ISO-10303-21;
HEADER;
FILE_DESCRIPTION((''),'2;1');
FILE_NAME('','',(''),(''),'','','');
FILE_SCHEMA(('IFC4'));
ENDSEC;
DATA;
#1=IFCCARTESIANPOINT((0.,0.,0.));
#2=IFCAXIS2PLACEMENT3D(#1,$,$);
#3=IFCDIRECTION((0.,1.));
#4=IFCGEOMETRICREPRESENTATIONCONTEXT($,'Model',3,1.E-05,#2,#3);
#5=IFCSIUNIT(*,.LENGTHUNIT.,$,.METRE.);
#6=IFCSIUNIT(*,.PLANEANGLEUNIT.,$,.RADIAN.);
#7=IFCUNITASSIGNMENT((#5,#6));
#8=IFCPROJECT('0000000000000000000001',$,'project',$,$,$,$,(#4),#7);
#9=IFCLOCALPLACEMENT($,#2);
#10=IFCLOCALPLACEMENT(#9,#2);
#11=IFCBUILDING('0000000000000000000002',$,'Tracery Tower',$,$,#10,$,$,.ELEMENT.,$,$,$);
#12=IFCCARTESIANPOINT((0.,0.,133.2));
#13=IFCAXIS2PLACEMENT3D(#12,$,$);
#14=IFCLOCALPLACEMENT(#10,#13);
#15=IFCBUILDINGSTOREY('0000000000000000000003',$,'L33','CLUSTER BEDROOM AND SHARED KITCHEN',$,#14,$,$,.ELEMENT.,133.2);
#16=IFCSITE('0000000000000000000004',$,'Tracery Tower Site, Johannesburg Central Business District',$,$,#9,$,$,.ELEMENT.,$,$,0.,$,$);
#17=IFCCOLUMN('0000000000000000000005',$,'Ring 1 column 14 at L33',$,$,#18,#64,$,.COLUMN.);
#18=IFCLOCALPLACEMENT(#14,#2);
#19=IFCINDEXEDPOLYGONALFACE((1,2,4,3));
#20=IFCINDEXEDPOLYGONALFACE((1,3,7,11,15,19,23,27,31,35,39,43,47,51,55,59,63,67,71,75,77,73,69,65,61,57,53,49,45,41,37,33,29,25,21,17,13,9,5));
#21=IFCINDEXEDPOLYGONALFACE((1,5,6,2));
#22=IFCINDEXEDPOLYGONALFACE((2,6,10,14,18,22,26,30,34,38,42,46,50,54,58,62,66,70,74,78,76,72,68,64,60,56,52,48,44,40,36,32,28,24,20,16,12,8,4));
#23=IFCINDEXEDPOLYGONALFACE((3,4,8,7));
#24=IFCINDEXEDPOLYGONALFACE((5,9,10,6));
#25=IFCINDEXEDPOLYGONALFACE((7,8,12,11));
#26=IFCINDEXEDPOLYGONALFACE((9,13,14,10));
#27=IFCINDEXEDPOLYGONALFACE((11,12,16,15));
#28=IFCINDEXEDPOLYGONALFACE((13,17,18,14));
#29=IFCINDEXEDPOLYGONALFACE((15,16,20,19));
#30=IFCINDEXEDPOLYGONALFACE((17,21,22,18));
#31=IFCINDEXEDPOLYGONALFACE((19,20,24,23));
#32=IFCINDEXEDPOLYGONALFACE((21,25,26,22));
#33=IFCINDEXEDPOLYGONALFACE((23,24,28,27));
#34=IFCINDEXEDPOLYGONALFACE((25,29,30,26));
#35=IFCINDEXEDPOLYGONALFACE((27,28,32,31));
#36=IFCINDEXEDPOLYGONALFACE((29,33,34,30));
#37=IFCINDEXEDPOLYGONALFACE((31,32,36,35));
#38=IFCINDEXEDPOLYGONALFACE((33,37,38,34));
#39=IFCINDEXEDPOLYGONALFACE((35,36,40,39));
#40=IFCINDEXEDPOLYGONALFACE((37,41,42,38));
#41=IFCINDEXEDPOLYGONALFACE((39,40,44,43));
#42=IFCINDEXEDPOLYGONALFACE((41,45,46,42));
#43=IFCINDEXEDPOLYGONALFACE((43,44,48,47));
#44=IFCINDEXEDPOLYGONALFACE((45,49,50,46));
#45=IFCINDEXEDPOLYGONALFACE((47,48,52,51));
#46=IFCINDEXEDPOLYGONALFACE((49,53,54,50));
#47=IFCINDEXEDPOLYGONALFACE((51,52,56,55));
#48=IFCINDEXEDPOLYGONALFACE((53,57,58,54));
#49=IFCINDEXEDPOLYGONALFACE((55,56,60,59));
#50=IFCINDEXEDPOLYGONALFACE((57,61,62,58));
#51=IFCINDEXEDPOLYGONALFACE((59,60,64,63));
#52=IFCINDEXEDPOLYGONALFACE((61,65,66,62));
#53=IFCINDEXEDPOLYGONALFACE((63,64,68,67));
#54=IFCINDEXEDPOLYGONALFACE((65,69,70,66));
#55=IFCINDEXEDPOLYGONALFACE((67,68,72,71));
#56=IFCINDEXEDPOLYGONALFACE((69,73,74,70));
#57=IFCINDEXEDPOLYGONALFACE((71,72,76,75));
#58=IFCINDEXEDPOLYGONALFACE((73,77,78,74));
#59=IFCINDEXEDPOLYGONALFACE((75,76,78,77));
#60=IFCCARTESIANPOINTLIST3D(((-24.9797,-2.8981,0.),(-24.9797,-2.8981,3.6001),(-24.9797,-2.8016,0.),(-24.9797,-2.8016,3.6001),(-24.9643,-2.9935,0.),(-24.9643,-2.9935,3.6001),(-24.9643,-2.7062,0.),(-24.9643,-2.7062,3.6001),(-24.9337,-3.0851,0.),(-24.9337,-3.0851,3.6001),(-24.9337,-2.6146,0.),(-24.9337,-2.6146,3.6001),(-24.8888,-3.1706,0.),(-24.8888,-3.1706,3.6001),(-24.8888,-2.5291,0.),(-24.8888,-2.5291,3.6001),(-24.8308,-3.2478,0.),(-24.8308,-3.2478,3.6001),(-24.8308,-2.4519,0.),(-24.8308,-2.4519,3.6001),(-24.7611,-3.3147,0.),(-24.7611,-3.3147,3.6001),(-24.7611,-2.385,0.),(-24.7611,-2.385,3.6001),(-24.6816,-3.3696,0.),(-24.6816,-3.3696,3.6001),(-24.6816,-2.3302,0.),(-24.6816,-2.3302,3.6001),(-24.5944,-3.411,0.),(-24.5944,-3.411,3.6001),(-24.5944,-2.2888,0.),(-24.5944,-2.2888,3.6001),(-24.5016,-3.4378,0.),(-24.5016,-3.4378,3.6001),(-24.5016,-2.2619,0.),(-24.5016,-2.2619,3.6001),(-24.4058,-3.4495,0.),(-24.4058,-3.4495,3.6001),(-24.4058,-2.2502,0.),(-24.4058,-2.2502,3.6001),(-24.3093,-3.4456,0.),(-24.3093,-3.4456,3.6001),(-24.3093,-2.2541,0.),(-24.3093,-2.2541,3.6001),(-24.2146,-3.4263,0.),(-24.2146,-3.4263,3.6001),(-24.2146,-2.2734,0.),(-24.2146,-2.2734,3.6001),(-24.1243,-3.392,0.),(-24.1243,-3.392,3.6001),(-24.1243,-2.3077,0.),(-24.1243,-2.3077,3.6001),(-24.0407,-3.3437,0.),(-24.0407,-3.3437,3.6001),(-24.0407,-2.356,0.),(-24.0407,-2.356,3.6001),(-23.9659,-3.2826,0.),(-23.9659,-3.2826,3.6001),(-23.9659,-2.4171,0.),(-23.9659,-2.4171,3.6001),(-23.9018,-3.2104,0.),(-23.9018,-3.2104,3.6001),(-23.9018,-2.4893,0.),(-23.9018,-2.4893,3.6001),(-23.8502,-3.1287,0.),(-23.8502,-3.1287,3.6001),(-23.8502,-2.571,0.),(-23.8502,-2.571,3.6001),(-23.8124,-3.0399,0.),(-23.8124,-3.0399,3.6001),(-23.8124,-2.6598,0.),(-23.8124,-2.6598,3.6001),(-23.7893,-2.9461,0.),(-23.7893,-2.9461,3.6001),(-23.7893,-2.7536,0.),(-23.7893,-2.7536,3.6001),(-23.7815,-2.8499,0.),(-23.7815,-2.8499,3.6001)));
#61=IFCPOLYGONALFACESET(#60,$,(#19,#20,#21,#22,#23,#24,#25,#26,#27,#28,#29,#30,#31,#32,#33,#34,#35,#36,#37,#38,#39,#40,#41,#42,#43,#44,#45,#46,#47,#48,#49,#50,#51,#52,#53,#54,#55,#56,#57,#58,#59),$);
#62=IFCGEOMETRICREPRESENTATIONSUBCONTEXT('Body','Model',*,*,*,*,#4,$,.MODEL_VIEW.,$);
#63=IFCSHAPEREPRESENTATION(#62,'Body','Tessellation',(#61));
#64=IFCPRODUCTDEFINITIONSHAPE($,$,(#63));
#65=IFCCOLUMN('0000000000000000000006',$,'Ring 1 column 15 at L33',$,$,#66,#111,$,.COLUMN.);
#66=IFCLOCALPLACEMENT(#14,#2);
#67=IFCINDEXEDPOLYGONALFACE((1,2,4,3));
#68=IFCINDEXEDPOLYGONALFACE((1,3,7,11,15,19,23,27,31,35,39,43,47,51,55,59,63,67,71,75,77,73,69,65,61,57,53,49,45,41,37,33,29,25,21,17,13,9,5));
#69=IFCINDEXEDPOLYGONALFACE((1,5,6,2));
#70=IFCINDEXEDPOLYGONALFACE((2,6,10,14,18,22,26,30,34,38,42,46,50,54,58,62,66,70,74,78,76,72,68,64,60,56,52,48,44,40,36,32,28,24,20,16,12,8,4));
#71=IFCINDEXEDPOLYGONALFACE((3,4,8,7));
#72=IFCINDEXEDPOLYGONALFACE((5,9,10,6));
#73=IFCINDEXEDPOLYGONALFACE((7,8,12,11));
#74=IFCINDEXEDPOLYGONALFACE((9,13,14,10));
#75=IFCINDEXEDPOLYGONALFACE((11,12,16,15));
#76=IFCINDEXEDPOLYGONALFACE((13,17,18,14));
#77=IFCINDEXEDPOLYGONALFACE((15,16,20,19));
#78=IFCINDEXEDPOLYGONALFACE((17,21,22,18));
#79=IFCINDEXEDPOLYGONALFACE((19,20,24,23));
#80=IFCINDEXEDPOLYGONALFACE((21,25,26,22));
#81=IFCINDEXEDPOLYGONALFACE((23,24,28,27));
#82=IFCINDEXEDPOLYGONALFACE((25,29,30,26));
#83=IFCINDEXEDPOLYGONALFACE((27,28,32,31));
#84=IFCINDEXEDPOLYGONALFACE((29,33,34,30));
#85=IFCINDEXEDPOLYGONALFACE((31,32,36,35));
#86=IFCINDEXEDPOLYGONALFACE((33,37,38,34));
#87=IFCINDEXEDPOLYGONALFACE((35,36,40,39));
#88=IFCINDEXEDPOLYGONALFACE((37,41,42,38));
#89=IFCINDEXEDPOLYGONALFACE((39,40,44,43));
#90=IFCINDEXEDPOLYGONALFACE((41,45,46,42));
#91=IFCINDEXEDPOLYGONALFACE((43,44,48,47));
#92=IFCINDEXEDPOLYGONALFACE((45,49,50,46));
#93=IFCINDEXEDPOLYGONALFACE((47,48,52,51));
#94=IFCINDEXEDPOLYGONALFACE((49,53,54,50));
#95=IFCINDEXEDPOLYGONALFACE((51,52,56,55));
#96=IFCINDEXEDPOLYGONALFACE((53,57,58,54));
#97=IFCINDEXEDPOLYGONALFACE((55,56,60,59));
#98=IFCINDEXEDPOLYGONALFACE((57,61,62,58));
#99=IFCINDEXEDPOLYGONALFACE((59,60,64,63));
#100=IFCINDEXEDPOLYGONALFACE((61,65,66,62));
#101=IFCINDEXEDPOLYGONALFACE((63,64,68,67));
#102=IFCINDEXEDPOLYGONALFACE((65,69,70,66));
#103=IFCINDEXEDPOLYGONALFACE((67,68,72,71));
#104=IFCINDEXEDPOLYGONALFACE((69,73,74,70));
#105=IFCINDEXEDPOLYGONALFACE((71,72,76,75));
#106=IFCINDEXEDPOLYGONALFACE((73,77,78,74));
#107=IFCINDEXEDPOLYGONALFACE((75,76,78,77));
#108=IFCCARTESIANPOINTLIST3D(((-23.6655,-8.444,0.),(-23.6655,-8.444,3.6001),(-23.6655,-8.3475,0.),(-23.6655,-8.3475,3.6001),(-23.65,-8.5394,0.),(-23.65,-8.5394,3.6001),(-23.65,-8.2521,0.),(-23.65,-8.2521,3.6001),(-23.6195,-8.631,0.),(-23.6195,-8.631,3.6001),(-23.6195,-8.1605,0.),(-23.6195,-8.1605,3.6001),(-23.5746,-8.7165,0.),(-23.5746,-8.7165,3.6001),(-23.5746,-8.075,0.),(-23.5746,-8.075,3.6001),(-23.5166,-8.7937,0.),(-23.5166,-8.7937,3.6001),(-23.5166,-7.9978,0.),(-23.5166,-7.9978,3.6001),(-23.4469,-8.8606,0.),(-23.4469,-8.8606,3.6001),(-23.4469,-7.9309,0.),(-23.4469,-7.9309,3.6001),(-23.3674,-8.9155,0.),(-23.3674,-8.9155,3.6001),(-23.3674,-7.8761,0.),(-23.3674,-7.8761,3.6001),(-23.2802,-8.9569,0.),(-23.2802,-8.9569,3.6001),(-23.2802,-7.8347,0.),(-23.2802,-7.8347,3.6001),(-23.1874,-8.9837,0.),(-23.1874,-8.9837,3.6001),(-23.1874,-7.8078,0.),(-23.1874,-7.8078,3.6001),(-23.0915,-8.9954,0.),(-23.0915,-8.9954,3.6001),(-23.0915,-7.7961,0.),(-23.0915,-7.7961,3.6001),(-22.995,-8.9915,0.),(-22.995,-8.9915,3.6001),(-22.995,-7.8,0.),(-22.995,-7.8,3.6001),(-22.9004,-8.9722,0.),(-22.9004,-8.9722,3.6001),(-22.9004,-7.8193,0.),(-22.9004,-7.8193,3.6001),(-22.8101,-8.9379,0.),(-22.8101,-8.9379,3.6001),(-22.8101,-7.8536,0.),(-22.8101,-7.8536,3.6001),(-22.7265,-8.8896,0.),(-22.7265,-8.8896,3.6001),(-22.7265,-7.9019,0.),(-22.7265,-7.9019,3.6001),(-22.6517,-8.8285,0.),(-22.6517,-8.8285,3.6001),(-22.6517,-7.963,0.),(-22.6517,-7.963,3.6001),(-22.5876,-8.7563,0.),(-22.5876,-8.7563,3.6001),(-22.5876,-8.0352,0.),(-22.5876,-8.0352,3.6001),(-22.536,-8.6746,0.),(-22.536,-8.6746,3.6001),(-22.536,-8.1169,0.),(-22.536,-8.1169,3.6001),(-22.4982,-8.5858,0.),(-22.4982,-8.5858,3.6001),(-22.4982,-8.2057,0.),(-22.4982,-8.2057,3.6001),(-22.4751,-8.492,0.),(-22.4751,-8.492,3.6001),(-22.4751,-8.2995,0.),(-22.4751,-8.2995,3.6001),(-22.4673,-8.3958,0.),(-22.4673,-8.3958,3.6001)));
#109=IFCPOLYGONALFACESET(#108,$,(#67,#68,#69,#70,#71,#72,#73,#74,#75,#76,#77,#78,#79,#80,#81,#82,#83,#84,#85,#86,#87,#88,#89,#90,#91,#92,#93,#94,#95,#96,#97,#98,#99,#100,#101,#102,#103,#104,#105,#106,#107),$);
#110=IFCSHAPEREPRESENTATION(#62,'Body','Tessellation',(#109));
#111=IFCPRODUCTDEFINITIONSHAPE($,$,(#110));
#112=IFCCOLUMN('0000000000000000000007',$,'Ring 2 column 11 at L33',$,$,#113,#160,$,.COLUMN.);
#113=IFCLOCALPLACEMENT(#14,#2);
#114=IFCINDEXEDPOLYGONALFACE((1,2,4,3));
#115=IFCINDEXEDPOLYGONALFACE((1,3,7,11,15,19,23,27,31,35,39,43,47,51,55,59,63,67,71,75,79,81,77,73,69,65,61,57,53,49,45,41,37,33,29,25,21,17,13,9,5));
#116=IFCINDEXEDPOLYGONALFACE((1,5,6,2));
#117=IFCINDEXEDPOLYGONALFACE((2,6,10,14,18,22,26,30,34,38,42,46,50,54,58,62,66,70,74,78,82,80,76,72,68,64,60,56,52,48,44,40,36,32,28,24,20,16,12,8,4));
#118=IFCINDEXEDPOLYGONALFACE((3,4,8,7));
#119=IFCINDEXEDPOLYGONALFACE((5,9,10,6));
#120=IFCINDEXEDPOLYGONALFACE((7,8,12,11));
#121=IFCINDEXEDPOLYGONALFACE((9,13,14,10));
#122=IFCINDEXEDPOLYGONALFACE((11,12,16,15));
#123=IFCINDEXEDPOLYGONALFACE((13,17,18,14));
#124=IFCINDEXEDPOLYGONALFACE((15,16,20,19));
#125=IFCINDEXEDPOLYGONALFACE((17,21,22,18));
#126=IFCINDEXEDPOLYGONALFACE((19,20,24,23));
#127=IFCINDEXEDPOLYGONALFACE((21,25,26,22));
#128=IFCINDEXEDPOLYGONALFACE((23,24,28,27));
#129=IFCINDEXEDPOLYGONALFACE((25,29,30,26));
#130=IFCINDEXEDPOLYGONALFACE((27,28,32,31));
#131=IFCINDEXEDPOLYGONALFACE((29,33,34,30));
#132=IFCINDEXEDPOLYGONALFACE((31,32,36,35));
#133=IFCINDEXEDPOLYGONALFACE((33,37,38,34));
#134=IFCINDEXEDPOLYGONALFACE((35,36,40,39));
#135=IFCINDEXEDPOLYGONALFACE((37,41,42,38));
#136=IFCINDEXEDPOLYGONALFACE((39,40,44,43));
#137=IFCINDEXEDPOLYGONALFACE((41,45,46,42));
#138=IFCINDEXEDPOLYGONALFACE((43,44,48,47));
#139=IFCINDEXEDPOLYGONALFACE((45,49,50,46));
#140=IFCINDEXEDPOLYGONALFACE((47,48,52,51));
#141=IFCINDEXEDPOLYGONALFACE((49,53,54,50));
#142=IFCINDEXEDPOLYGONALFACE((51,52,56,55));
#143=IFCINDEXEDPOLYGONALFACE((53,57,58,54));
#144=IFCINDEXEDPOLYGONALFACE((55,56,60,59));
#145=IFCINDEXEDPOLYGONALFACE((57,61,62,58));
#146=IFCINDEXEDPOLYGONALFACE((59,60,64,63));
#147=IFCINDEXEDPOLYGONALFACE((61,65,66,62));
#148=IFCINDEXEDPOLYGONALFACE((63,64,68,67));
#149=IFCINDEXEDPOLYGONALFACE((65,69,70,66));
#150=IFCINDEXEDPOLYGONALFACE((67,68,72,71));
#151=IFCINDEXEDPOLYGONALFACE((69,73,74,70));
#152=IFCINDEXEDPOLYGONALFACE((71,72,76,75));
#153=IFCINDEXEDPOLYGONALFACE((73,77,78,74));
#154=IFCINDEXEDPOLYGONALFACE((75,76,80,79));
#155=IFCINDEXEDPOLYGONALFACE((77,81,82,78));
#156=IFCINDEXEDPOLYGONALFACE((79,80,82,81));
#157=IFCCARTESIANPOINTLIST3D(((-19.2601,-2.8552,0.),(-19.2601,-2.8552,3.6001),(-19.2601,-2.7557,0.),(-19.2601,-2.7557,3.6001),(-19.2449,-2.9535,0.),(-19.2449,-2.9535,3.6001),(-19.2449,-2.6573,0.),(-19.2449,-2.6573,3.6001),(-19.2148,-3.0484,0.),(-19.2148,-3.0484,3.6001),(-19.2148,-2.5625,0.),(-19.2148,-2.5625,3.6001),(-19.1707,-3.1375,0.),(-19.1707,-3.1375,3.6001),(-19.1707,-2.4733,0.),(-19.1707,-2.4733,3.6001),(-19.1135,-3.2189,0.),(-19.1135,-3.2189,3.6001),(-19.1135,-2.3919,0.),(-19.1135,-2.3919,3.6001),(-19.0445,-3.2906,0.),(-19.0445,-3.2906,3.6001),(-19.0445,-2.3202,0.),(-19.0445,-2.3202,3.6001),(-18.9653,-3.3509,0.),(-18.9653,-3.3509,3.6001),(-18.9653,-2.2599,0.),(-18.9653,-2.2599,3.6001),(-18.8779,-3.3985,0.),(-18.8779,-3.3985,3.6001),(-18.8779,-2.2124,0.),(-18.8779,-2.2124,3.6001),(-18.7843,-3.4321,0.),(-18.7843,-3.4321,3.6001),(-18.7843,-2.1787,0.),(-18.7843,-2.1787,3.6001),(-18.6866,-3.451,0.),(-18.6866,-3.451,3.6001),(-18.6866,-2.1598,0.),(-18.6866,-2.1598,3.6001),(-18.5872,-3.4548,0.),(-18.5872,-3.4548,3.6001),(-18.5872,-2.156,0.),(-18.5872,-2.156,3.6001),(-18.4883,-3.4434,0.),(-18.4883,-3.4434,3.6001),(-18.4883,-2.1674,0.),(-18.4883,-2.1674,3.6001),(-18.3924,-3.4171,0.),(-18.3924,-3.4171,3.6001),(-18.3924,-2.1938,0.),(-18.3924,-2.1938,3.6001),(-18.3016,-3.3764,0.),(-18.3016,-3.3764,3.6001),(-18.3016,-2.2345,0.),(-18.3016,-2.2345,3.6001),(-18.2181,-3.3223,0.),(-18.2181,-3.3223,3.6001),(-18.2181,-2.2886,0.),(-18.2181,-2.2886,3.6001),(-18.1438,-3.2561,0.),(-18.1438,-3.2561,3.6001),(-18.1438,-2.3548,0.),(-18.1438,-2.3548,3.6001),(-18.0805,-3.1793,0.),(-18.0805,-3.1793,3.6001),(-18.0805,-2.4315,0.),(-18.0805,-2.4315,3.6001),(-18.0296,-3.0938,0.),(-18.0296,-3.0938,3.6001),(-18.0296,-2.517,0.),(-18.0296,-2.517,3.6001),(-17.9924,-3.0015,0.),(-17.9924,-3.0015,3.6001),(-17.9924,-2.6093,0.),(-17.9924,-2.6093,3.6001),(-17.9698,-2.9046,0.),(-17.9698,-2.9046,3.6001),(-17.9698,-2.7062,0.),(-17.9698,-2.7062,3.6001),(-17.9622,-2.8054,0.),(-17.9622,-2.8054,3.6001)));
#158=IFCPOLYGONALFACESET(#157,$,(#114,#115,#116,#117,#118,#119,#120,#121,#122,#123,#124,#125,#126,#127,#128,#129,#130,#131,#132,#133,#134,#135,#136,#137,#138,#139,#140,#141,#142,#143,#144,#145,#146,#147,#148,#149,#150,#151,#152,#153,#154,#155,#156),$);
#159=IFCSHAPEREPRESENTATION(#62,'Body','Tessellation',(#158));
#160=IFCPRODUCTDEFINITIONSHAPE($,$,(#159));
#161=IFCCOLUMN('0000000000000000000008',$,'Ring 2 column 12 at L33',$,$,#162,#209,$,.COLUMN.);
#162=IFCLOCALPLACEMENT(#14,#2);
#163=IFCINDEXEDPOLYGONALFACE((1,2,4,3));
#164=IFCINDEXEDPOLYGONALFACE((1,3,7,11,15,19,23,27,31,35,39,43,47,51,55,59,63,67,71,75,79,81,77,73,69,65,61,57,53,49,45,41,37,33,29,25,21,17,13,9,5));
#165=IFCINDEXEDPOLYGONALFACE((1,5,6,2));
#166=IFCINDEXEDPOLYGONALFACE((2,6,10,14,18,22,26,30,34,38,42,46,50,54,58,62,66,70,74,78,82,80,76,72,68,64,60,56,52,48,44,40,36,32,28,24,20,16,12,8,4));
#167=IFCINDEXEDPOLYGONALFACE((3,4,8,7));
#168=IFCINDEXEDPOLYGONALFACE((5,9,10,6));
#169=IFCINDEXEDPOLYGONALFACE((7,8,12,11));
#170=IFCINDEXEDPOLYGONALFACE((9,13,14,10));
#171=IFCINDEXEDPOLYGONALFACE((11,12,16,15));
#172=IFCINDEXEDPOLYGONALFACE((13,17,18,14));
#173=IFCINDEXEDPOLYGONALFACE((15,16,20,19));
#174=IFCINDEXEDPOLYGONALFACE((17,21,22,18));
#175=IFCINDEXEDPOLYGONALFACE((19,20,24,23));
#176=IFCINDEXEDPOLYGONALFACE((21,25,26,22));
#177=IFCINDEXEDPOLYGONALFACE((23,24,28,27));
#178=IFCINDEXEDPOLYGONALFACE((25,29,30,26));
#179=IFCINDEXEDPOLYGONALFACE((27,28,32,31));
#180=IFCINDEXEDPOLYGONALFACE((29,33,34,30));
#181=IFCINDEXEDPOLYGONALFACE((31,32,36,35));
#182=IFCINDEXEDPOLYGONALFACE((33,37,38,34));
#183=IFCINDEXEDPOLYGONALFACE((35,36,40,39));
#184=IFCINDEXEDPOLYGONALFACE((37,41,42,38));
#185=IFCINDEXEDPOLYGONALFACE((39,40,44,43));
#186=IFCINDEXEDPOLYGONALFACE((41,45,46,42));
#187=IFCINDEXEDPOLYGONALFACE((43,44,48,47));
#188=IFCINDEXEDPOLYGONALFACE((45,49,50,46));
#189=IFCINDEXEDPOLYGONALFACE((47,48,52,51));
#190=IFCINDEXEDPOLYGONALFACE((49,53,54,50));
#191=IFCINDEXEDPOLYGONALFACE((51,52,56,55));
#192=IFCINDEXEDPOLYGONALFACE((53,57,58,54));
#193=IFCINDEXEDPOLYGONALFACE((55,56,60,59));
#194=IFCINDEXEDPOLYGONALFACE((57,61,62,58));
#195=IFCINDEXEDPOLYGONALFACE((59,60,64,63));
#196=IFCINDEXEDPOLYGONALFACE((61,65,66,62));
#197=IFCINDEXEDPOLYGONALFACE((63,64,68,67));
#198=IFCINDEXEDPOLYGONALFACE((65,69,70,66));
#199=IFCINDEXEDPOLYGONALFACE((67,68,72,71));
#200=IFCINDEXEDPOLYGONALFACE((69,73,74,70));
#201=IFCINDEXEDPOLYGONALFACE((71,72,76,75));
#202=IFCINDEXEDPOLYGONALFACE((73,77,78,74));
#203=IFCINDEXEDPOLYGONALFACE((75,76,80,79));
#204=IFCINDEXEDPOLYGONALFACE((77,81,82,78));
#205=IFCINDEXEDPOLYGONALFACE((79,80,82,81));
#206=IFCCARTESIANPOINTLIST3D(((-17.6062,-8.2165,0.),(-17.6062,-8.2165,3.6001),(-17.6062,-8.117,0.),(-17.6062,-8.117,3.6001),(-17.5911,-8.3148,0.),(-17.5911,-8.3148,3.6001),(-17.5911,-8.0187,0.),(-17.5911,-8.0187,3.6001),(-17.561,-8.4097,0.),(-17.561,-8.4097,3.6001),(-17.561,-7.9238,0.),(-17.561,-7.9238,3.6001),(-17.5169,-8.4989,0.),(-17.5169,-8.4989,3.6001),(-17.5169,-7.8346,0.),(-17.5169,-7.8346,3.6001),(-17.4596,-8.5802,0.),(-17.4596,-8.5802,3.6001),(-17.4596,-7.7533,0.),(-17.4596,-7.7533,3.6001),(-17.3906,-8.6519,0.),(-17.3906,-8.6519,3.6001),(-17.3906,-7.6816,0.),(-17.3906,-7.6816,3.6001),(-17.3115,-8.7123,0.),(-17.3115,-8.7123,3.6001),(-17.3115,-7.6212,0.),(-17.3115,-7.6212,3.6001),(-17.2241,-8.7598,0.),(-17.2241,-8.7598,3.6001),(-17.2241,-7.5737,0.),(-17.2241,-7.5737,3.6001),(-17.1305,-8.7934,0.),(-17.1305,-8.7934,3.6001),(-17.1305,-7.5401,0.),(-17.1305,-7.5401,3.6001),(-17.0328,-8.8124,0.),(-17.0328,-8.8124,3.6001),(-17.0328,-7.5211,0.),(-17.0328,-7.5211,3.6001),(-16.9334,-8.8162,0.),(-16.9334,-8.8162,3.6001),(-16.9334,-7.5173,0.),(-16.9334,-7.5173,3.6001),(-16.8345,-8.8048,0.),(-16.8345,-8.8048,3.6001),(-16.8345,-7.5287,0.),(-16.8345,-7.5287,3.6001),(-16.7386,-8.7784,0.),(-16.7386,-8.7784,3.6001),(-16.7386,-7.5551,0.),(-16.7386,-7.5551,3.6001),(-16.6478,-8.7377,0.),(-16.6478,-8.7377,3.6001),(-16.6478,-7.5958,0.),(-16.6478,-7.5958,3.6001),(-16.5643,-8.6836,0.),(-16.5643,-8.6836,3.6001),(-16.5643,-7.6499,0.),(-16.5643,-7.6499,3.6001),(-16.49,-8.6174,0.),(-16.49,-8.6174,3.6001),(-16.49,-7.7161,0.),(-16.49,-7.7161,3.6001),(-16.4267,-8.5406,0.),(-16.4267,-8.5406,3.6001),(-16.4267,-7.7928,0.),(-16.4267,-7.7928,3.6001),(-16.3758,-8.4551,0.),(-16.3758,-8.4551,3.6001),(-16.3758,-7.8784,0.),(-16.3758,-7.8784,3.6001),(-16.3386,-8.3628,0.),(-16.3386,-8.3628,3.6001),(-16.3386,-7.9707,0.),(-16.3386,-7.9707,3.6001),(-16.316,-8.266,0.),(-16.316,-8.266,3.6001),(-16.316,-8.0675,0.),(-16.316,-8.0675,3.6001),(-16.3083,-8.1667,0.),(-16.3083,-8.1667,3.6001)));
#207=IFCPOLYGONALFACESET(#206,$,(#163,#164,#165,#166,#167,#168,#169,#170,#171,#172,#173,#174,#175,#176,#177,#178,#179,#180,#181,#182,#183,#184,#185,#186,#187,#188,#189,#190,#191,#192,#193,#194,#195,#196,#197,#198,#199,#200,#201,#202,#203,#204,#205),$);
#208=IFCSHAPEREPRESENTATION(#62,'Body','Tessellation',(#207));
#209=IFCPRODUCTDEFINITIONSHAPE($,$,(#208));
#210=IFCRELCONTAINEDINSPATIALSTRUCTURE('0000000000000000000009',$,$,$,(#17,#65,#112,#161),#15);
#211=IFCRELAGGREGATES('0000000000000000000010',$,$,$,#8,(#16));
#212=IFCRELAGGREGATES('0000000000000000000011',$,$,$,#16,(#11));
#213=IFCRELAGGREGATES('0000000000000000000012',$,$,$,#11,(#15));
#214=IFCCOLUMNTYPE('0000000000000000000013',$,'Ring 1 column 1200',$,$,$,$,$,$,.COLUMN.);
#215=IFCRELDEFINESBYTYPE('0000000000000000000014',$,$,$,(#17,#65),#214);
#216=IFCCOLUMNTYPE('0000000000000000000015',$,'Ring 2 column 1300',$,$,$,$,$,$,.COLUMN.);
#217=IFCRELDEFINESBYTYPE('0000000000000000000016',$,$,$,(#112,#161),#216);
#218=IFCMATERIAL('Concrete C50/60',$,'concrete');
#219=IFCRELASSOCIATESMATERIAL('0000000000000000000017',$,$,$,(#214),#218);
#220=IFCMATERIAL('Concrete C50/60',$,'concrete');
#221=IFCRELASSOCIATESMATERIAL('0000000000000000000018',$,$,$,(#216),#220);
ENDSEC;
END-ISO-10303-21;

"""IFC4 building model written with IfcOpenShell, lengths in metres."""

from ifc_helpers import new_model, si_unit, direction, frame, origin, origin_2d, place, context, subcontext, project, spatial, circle, extrude, material, material_profile, profile_set, type_object, element, save


model = new_model("IFC4")

# Units and contexts
model_context = context("Model", 3, precision=1e-05, world=origin(), true_north=direction((0.0, 1.0)))
body_context = subcontext(model_context, "Body", "Model", "MODEL_VIEW")
ifc_project = project(units=[si_unit("LENGTHUNIT", "METRE"), si_unit("PLANEANGLEUNIT", "RADIAN")], contexts=[model_context])

# Site, building, storey
site_placement = place(None, origin())
site = spatial("IfcSite", under=ifc_project, at=site_placement, Name="Tracery Tower Site, Johannesburg Central Business District", CompositionType="ELEMENT", RefElevation=0.0)
building_placement = place(site_placement, origin())
building = spatial("IfcBuilding", under=site, at=building_placement, Name="Tracery Tower", CompositionType="ELEMENT")
storey_placement = place(building_placement, frame((0.0, 0.0, 133.2)))
storey = spatial("IfcBuildingStorey", under=building, at=storey_placement, Name="L33", Description="CLUSTER BEDROOM AND SHARED KITCHEN", CompositionType="ELEMENT", Elevation=133.2)

# Columns
ifc_material_1 = material(Name="Concrete C50/60", Category="concrete")
ifc_material_profile_1 = material_profile(ifc_material_1, circle(Radius=0.6001, at=origin_2d()), Name="RC D1200")
ifc_profile_set_1 = profile_set([ifc_material_profile_1], Name="Concrete C50/60")
column_type_1 = type_object("IfcColumnType", Name="Ring 1 column 1200", PredefinedType="COLUMN", material=ifc_profile_set_1)
for number, where, z_axis, x_axis, name in (
    (1, (-24.3816, -2.8499, 0.0), (0.0, 0.0, 1.0), (1.0, 0.0, 0.0), "Ring 1 column 14 at L33"),
    (2, (-23.0674, -8.3958, 0.0), (0.0, 0.0, 1.0), (1.0, 0.0, 0.0), "Ring 1 column 15 at L33"),
):
    element("IfcColumn", number, at=place(storey_placement, frame(where, z_axis=z_axis, x_axis=x_axis)), inside=storey, type_object=column_type_1, Name=name, PredefinedType="COLUMN", context=body_context, shape_type="SweptSolid", body=[
        extrude(circle(Radius=0.6001, at=origin_2d()), origin(), (0.0, 0.0, 1.0), 3.6001),
    ])
ifc_material_2 = material(Name="Concrete C50/60", Category="concrete")
ifc_material_profile_2 = material_profile(ifc_material_2, circle(Radius=0.6499, at=origin_2d()), Name="RC D1300")
ifc_profile_set_2 = profile_set([ifc_material_profile_2], Name="Concrete C50/60")
column_type_2 = type_object("IfcColumnType", Name="Ring 2 column 1300", PredefinedType="COLUMN", material=ifc_profile_set_2)
for number, where, z_axis, x_axis, name in (
    (3, (-18.6121, -2.8054, 0.0), (0.0, 0.0, 1.0), (1.0, 0.0, 0.0), "Ring 2 column 11 at L33"),
    (4, (-16.9583, -8.1667, 0.0), (0.0, 0.0, 1.0), (1.0, 0.0, 0.0), "Ring 2 column 12 at L33"),
):
    element("IfcColumn", number, at=place(storey_placement, frame(where, z_axis=z_axis, x_axis=x_axis)), inside=storey, type_object=column_type_2, Name=name, PredefinedType="COLUMN", context=body_context, shape_type="SweptSolid", body=[
        extrude(circle(Radius=0.6499, at=origin_2d()), origin(), (0.0, 0.0, 1.0), 3.6001),
    ])

save(model, "model.ifc")
